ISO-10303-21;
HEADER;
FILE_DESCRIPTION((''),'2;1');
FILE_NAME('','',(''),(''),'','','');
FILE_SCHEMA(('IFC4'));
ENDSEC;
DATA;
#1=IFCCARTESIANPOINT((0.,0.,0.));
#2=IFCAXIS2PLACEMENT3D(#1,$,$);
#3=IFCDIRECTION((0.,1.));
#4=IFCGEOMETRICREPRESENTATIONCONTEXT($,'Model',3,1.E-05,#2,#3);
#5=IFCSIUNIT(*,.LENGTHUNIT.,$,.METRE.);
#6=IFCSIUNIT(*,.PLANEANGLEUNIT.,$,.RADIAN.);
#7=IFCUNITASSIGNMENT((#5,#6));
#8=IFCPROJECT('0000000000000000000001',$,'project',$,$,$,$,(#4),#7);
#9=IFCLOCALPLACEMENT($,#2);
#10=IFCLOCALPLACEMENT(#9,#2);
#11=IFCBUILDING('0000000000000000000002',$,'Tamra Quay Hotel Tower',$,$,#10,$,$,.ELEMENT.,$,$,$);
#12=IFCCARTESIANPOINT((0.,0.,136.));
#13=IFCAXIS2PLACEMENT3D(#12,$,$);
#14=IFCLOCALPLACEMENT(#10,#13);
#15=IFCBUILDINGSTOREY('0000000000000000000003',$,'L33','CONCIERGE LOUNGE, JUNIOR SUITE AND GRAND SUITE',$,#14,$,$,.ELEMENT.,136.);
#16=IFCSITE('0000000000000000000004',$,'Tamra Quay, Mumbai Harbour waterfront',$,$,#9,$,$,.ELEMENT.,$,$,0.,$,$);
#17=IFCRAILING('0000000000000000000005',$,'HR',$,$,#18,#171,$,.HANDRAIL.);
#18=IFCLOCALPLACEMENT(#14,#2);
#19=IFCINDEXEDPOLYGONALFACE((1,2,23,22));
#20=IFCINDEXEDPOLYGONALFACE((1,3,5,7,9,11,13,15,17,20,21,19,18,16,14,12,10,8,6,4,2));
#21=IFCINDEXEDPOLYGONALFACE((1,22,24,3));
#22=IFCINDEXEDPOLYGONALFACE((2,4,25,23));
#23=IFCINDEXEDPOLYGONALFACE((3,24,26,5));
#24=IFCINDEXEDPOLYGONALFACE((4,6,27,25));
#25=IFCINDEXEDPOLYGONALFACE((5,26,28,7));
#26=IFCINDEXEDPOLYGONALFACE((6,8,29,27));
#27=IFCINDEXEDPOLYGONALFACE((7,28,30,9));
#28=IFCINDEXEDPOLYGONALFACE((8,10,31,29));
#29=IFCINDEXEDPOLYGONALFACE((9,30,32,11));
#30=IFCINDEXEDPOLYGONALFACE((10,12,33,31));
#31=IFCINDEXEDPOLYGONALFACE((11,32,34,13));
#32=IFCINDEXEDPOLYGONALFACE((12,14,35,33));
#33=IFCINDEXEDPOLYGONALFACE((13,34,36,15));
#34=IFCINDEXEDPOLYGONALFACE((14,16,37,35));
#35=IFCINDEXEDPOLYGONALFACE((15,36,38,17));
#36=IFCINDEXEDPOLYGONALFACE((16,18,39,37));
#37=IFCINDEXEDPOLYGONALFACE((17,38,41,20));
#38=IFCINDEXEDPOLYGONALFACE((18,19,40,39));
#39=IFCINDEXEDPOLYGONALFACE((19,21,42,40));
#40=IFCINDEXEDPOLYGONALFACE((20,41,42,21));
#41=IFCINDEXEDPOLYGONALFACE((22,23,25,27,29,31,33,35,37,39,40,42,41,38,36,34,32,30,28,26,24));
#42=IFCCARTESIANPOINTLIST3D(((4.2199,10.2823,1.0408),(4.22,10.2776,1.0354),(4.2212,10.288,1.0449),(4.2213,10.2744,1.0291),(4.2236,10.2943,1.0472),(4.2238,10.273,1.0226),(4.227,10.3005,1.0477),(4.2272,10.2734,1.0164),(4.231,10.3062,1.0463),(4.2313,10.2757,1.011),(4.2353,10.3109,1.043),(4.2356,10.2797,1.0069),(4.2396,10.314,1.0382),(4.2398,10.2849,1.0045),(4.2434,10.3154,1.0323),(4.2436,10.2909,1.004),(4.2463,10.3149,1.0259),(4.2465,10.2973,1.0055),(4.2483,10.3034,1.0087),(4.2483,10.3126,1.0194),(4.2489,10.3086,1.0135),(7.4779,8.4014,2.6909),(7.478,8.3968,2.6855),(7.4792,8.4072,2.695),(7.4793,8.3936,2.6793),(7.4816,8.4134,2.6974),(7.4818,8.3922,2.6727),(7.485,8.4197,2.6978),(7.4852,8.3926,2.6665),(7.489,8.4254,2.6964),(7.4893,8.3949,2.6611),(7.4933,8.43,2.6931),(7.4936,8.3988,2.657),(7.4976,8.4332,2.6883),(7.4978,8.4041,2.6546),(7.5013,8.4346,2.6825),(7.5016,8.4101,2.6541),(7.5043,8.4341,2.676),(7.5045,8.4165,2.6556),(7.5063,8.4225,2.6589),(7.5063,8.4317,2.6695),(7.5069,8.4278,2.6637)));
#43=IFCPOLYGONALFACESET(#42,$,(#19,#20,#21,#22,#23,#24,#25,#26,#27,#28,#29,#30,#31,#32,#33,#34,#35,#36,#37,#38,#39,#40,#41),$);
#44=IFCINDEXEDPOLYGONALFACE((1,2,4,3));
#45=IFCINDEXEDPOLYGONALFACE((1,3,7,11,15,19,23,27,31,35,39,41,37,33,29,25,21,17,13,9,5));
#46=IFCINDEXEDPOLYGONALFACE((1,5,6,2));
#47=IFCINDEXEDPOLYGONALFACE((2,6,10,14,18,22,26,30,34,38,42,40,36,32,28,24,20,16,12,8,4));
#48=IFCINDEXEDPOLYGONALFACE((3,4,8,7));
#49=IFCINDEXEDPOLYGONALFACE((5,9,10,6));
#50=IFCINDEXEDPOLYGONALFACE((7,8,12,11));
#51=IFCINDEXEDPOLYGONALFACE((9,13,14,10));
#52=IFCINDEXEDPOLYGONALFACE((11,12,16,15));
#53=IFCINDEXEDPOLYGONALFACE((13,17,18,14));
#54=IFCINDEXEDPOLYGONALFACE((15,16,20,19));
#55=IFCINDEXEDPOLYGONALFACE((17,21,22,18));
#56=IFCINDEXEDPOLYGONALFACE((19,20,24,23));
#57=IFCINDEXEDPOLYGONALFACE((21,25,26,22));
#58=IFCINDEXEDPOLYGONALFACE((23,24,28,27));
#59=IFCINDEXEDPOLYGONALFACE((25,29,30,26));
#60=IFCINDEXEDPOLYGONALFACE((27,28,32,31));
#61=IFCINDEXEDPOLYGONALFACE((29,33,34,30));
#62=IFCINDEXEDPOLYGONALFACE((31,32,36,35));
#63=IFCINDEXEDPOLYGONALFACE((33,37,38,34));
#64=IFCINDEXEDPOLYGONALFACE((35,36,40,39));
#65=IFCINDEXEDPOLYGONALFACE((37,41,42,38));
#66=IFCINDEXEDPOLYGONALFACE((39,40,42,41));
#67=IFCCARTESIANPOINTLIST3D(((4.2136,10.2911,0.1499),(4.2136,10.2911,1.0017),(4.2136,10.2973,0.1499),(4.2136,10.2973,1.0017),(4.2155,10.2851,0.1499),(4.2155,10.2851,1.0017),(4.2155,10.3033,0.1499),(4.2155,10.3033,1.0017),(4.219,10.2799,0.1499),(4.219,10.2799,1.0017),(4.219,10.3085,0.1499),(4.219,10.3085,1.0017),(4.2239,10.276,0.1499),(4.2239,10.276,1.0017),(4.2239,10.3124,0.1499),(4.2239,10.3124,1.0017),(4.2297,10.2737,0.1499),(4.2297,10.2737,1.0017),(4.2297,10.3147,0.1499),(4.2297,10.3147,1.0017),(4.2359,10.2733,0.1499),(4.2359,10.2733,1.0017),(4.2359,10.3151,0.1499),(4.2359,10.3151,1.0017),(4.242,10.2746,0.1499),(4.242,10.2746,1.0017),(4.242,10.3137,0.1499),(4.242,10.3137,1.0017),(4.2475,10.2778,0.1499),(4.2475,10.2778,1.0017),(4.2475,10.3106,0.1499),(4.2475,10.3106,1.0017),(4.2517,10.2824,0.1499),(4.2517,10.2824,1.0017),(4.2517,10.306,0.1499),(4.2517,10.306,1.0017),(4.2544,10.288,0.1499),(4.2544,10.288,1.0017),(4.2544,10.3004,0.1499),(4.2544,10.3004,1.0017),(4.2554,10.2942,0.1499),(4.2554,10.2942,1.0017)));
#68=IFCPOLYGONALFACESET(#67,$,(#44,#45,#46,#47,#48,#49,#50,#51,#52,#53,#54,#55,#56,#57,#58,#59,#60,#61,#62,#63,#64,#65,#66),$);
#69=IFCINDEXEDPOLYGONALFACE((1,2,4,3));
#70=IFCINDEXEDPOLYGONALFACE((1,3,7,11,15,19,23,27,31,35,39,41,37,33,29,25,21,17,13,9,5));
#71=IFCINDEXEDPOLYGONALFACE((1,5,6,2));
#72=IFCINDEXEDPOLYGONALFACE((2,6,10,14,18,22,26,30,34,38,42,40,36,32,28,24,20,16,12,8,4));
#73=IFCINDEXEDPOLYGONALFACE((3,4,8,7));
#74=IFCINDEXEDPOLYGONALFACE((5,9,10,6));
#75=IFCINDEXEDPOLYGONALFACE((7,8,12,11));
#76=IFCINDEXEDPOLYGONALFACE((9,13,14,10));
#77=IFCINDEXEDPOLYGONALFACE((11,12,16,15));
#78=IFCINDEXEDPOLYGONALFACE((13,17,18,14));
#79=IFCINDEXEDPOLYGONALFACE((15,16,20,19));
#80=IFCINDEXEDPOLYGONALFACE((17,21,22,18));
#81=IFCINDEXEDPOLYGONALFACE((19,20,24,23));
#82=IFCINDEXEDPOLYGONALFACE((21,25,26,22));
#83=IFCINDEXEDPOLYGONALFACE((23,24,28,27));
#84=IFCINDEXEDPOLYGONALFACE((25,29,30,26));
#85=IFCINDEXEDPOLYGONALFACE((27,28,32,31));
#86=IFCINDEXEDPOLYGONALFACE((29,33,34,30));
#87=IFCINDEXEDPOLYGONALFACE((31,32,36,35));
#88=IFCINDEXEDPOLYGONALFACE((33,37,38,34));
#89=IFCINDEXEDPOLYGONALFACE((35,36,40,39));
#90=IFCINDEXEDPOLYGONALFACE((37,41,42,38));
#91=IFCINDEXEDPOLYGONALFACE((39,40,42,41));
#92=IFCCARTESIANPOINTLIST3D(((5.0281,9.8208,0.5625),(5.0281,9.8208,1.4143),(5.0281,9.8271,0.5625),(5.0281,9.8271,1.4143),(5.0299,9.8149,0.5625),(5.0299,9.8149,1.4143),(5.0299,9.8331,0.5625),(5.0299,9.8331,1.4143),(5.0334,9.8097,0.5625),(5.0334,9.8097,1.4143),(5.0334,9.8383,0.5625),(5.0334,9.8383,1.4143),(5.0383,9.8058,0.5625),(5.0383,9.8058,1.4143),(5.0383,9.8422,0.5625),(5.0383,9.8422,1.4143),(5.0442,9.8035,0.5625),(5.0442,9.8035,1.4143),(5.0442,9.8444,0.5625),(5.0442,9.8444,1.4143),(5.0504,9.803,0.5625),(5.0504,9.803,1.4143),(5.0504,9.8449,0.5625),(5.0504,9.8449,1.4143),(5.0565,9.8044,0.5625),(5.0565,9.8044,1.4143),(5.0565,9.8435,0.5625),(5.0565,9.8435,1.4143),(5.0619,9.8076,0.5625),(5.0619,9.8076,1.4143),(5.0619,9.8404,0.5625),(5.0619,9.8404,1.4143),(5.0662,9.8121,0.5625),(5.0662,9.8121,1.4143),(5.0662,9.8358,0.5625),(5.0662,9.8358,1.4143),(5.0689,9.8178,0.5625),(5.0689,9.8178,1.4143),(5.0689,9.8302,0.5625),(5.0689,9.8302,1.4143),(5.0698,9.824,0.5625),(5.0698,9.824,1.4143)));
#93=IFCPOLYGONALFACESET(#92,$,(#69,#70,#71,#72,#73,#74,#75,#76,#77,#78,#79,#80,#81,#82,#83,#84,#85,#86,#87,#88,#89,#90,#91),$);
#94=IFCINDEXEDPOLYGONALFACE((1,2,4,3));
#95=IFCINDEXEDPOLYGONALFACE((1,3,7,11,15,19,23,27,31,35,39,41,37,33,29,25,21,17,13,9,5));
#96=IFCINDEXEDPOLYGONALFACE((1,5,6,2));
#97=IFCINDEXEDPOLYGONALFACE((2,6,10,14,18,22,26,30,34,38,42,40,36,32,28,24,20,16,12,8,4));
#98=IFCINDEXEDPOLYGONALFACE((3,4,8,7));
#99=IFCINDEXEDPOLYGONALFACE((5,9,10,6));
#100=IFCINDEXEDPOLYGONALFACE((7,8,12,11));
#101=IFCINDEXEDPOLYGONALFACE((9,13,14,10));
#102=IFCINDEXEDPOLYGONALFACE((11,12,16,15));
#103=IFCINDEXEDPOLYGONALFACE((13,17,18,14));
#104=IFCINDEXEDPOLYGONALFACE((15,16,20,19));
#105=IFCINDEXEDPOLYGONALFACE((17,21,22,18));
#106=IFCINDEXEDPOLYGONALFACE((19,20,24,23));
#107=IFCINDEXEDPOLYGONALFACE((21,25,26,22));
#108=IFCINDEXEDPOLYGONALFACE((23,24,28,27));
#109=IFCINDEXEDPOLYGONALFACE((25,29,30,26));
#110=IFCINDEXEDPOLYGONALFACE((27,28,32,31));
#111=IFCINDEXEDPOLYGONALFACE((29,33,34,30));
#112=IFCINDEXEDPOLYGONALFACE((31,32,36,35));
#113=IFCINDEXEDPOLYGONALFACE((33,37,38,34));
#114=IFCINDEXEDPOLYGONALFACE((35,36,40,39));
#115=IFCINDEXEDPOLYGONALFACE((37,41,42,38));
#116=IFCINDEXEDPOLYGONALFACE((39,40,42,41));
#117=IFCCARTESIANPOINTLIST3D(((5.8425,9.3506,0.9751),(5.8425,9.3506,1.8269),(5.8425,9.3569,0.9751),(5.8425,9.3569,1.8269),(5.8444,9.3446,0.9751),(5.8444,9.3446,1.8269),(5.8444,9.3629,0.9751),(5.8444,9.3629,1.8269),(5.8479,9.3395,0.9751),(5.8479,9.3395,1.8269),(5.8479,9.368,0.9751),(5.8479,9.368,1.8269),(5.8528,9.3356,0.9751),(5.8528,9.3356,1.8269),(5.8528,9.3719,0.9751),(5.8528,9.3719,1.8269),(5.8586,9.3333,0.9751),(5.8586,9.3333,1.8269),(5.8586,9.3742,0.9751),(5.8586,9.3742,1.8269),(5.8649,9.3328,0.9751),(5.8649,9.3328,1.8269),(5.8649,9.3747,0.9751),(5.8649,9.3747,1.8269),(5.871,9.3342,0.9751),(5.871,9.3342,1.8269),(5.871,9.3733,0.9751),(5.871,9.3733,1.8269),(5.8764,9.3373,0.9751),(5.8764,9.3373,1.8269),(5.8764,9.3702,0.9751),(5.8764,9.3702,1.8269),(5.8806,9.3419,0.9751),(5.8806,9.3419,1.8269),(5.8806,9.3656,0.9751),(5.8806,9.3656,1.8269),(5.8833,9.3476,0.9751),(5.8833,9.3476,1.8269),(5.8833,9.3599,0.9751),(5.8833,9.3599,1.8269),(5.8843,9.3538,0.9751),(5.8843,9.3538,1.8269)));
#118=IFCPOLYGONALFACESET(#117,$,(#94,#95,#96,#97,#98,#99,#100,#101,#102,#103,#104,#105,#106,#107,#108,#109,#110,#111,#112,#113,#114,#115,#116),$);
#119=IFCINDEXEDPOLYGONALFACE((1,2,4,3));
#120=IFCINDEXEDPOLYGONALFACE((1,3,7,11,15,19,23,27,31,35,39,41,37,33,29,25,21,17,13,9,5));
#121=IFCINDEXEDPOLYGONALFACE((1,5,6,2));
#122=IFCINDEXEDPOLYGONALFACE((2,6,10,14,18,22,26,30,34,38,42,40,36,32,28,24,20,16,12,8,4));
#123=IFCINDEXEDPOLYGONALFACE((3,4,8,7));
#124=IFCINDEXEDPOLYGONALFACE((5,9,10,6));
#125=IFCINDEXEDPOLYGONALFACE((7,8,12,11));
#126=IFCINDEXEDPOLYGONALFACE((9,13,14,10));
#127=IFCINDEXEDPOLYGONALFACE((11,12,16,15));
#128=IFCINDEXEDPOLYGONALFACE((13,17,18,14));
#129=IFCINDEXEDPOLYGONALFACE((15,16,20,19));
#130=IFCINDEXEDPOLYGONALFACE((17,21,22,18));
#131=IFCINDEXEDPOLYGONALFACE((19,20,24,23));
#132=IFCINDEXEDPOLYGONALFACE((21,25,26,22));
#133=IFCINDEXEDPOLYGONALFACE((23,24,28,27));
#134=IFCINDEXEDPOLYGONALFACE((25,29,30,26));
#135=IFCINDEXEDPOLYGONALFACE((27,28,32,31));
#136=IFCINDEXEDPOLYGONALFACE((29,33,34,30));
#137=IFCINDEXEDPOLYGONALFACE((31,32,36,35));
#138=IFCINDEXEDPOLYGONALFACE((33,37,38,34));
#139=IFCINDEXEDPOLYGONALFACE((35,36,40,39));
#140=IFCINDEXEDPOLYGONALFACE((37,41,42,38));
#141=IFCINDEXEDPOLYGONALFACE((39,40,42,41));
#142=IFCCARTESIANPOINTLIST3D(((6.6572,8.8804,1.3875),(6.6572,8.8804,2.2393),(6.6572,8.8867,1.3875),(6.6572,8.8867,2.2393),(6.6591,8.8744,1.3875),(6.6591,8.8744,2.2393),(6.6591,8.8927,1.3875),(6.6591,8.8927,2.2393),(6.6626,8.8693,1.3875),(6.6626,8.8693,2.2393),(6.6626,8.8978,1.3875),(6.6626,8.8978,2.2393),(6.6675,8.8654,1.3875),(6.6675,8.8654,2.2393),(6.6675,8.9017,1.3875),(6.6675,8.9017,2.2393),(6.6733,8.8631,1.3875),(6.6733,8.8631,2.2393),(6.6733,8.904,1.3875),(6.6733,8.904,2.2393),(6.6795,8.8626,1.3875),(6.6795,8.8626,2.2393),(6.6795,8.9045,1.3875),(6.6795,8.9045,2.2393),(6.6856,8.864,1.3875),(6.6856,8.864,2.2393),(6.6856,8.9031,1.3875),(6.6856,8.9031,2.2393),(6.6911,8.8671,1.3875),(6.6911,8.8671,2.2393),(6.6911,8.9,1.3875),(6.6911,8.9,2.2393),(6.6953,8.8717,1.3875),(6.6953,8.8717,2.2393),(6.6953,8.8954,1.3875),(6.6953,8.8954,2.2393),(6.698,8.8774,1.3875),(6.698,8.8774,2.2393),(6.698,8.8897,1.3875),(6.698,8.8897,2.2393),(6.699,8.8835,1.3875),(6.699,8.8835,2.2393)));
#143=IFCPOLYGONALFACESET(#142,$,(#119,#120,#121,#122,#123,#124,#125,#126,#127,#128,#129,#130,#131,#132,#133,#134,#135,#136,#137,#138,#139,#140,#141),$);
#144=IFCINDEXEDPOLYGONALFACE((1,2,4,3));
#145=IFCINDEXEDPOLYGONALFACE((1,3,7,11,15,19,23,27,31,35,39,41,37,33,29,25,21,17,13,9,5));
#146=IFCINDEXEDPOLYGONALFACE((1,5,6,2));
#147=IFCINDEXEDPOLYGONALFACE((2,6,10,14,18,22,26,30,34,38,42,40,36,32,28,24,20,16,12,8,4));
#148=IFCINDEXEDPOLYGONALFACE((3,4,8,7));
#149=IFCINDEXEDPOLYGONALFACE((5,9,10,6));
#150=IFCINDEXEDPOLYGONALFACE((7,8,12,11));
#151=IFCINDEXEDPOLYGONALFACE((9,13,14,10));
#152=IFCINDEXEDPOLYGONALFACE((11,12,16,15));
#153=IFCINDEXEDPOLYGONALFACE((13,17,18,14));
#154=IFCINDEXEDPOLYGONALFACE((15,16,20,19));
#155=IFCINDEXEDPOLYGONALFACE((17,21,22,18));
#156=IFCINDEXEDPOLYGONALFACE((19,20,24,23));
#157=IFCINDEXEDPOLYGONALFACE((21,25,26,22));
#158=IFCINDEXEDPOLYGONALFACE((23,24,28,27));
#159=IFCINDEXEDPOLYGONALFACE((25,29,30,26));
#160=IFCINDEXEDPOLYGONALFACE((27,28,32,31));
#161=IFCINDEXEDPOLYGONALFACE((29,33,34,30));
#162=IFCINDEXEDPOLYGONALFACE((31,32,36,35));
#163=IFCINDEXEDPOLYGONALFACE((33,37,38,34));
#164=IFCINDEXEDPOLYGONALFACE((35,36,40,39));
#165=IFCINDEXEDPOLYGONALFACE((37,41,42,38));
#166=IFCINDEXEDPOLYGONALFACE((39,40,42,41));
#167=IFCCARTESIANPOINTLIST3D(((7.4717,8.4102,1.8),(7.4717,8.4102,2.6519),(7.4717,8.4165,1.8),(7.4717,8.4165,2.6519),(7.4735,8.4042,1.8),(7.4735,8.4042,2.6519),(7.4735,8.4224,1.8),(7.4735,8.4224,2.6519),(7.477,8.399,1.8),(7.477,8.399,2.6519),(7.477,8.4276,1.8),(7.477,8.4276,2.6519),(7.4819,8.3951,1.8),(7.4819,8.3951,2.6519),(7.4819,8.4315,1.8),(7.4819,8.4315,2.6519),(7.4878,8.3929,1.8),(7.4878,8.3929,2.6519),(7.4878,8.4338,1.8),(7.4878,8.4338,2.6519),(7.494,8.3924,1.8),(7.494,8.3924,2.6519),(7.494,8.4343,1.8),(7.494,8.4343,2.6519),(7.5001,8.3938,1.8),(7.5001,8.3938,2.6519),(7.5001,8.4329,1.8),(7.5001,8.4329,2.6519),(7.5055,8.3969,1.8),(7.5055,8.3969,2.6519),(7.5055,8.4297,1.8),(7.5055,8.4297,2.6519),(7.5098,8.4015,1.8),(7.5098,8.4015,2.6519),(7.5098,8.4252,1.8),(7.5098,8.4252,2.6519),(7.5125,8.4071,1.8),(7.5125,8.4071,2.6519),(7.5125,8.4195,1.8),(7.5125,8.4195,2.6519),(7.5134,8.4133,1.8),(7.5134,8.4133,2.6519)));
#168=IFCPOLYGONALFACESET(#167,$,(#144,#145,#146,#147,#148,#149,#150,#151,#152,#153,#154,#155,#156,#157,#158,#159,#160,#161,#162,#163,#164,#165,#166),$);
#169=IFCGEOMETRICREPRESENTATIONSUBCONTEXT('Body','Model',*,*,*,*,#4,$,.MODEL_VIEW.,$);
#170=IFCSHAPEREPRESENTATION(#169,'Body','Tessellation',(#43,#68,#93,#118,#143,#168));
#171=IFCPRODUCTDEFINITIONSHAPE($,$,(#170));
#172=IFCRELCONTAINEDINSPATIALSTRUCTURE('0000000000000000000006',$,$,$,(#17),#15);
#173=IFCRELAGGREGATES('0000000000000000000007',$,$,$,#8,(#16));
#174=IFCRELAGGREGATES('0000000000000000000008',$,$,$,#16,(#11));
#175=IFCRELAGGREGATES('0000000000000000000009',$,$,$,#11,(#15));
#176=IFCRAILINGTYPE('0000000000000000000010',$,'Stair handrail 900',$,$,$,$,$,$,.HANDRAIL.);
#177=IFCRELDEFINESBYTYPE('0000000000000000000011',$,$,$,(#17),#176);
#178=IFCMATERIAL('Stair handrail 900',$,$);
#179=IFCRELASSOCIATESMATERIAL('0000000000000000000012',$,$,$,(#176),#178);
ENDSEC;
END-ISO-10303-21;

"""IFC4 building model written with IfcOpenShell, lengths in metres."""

from ifc_helpers import new_model, si_unit, direction, frame, origin, origin_2d, place, context, subcontext, project, spatial, circle, extrude, material, type_object, element, save


model = new_model("IFC4")

# Units and contexts
model_context = context("Model", 3, precision=1e-05, world=origin(), true_north=direction((0.0, 1.0)))
body_context = subcontext(model_context, "Body", "Model", "MODEL_VIEW")
ifc_project = project(units=[si_unit("LENGTHUNIT", "METRE"), si_unit("PLANEANGLEUNIT", "RADIAN")], contexts=[model_context])

# Site, building, storey
site_placement = place(None, origin())
site = spatial("IfcSite", under=ifc_project, at=site_placement, Name="Tamra Quay, Mumbai Harbour waterfront", CompositionType="ELEMENT", RefElevation=0.0)
building_placement = place(site_placement, origin())
building = spatial("IfcBuilding", under=site, at=building_placement, Name="Tamra Quay Hotel Tower", CompositionType="ELEMENT")
storey_placement = place(building_placement, frame((0.0, 0.0, 136.0)))
storey = spatial("IfcBuildingStorey", under=building, at=storey_placement, Name="L33", Description="CONCIERGE LOUNGE, JUNIOR SUITE AND GRAND SUITE", CompositionType="ELEMENT", Elevation=136.0)

# Railing
ifc_material_1 = material(Name="Stair handrail 900")
railing_type_1 = type_object("IfcRailingType", Name="Stair handrail 900", PredefinedType="HANDRAIL", material=ifc_material_1)
railing_1_placement = place(storey_placement, frame((4.2344, 10.2942, 0.1499)))
element("IfcRailing", 1, at=railing_1_placement, inside=storey, type_object=railing_type_1, Name="HR", PredefinedType="HANDRAIL", context=body_context, shape_type="SweptSolid", body=[
    extrude(circle(Radius=0.0239, at=origin_2d()), frame((0.0, 0.0, 0.876), z_axis=(0.793103, -0.457854, 0.401692), x_axis=(0.499964, 0.866046, 0.0)), (0.0, 0.0, 1.0), 4.1079),
    extrude(circle(Radius=0.021, at=origin_2d()), origin(), (0.0, 0.0, 1.0), 0.8518),
    extrude(circle(Radius=0.021, at=origin_2d()), frame((0.8145, -0.4702, 0.4126)), (0.0, 0.0, 1.0), 0.8518),
    extrude(circle(Radius=0.021, at=origin_2d()), frame((1.6289, -0.9404, 0.8252)), (0.0, 0.0, 1.0), 0.8518),
    extrude(circle(Radius=0.021, at=origin_2d()), frame((2.4436, -1.4106, 1.2375)), (0.0, 0.0, 1.0), 0.8518),
    extrude(circle(Radius=0.021, at=origin_2d()), frame((3.2581, -1.8809, 1.6501)), (0.0, 0.0, 1.0), 0.8518),
])

save(model, "model.ifc")
